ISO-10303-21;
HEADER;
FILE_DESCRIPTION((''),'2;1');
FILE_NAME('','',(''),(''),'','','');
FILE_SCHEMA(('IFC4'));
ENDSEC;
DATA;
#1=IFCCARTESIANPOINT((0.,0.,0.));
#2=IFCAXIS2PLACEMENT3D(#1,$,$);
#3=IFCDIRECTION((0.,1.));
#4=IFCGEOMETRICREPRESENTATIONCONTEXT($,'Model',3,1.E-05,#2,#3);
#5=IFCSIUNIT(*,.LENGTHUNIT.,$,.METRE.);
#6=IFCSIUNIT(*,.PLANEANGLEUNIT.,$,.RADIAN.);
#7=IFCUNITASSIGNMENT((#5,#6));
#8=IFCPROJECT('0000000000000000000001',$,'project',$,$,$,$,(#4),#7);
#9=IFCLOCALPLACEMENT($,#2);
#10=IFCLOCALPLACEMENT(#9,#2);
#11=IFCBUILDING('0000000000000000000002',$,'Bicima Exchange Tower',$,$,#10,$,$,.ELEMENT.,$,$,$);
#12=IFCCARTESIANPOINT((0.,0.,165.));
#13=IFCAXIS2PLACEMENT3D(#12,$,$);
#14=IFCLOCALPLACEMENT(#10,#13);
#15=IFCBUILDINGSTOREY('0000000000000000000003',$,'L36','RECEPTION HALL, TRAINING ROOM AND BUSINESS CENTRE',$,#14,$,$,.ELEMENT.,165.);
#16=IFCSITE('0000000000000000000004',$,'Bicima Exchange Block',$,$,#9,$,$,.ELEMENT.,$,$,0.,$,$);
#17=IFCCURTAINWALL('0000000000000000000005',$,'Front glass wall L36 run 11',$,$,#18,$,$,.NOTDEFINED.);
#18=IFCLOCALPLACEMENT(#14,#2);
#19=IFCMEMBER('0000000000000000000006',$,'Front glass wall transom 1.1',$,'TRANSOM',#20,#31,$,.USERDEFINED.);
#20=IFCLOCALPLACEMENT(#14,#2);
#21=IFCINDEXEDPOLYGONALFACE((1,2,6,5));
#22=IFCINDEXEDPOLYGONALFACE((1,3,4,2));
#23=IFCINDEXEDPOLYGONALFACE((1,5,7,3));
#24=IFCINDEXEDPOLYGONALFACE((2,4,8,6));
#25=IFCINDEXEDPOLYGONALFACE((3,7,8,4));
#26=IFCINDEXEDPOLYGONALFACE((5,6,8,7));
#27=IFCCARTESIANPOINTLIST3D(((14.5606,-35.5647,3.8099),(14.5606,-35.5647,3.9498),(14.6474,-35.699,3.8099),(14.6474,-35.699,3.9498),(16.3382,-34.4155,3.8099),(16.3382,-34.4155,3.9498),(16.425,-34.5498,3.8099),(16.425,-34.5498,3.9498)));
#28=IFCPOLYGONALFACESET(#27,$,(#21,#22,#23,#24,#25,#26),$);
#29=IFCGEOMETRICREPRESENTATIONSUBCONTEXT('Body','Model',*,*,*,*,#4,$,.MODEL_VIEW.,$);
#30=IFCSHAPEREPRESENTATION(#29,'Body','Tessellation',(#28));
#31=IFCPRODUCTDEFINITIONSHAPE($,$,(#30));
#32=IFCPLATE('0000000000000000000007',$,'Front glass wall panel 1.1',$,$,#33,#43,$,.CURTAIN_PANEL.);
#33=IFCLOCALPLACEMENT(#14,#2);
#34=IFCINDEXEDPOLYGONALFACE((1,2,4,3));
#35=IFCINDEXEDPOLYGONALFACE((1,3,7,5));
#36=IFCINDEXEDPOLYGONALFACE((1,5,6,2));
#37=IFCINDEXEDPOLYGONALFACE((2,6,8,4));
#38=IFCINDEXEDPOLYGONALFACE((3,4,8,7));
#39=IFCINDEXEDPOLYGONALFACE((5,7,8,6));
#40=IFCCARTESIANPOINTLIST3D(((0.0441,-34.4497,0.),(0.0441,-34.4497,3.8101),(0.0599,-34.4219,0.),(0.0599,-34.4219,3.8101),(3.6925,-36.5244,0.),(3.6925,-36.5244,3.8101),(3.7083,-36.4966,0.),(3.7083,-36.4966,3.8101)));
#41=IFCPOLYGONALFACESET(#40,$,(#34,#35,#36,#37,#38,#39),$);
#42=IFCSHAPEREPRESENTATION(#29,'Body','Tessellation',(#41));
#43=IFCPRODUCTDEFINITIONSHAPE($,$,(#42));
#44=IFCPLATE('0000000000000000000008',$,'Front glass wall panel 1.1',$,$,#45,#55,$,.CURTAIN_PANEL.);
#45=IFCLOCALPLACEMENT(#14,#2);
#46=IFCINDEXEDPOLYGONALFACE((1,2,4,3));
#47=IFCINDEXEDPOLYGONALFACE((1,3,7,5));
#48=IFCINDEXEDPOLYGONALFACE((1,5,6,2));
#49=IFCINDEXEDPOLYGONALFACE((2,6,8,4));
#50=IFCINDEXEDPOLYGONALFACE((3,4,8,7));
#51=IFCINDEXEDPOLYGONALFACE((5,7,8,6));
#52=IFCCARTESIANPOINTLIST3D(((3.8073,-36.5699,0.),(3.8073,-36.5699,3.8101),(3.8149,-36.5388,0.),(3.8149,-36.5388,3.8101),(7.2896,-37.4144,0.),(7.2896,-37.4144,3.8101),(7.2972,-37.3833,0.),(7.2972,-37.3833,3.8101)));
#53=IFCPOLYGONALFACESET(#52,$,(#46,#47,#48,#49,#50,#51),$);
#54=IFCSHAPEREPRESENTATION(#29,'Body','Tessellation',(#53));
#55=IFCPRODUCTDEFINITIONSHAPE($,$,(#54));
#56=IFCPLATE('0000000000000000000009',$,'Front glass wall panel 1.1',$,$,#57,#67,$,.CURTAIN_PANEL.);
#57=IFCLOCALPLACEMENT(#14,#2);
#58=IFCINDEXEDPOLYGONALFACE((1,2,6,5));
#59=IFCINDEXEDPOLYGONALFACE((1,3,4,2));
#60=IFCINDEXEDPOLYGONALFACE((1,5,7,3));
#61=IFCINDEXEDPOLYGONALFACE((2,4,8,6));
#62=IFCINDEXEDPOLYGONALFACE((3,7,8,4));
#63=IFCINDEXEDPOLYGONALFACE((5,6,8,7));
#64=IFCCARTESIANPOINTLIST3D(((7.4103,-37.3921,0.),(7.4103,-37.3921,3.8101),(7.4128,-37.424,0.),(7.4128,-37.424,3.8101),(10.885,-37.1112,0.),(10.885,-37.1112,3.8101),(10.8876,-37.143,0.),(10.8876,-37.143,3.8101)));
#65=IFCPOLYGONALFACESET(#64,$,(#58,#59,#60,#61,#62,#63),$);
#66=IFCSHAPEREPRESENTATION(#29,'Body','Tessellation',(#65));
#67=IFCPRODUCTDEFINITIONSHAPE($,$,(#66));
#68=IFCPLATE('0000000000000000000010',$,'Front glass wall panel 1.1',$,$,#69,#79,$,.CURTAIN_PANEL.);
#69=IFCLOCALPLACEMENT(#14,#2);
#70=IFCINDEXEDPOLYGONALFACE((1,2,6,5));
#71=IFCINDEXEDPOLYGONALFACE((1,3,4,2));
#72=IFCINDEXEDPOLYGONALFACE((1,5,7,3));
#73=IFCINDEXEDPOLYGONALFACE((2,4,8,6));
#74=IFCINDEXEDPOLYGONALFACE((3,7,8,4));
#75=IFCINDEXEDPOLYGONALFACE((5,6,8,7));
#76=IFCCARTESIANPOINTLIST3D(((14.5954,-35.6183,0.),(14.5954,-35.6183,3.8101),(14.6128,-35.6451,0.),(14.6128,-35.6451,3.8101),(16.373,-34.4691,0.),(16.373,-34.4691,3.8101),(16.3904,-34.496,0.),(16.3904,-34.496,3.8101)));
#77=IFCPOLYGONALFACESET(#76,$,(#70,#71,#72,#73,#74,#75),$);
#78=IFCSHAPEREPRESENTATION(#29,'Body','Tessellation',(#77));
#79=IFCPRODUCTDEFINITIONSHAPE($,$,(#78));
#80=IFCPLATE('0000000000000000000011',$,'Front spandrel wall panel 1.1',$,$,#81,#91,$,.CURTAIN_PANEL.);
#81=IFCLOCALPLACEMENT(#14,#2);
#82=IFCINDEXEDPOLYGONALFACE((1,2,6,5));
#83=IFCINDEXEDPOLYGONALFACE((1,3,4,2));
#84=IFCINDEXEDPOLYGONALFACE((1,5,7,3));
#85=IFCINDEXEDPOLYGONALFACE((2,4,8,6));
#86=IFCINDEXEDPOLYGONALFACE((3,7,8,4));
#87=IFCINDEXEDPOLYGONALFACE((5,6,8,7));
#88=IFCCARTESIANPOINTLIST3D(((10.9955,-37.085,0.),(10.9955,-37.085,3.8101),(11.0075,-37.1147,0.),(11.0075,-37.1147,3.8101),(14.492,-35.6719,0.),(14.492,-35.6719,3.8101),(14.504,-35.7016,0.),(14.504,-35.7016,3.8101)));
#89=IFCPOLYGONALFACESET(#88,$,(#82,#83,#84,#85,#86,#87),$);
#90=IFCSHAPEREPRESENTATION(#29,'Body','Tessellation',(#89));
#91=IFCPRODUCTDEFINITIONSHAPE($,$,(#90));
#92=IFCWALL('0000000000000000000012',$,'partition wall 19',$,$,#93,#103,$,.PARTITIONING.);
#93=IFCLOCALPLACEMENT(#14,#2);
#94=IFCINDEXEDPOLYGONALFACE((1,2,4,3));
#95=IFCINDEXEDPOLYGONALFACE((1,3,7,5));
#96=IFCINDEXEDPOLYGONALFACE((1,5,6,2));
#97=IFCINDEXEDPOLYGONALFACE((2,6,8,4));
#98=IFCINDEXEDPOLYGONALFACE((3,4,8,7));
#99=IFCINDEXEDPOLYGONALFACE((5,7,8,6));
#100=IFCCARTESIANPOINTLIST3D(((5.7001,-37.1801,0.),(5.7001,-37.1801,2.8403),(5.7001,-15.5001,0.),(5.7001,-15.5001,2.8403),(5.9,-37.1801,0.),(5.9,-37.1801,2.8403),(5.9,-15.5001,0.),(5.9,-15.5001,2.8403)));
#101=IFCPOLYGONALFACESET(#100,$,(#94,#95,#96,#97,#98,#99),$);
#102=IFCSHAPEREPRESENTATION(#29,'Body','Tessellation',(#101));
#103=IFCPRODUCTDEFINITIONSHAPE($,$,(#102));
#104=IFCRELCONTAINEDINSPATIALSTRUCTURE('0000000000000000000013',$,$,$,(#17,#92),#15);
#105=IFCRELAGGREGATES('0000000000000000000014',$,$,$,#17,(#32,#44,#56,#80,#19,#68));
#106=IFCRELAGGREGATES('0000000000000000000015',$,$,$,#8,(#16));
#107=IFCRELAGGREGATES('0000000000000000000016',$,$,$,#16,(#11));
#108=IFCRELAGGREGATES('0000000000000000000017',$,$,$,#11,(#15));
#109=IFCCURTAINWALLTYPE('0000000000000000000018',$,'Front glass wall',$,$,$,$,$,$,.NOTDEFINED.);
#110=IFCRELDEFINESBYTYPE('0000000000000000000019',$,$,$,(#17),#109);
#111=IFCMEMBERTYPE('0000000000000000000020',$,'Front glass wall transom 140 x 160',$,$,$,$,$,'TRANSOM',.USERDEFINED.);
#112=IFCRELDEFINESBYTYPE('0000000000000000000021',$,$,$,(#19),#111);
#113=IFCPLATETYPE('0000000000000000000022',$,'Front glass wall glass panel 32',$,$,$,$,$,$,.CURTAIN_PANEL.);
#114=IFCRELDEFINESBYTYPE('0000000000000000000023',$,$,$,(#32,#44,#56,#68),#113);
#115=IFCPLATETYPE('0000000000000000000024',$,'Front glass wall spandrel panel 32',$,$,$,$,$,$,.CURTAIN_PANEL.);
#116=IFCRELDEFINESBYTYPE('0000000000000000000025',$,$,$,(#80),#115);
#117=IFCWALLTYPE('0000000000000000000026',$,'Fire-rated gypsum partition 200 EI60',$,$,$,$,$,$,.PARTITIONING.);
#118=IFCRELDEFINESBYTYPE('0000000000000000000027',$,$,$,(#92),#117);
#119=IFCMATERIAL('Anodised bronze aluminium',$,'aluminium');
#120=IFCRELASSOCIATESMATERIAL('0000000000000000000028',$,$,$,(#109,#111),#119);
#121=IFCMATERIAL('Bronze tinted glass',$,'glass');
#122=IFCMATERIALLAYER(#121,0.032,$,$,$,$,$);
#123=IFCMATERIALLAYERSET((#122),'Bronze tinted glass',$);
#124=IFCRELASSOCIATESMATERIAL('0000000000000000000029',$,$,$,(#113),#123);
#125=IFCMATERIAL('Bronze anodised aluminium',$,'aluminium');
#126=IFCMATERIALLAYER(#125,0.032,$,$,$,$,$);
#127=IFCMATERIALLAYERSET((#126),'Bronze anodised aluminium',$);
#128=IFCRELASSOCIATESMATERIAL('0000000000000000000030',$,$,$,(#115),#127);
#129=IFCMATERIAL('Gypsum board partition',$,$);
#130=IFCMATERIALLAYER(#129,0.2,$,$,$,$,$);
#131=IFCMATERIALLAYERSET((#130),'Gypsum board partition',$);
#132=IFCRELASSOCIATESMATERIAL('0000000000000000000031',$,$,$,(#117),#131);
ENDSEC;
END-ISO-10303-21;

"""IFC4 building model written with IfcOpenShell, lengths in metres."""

from ifc_helpers import new_model, si_unit, direction, frame, frame_2d, origin, origin_2d, place, context, subcontext, project, spatial, rectangle, extrude, material, layer, layer_set, material_profile, profile_set, type_object, element, aggregate, save


model = new_model("IFC4")

# Units and contexts
model_context = context("Model", 3, precision=1e-05, world=origin(), true_north=direction((0.0, 1.0)))
body_context = subcontext(model_context, "Body", "Model", "MODEL_VIEW")
ifc_project = project(units=[si_unit("LENGTHUNIT", "METRE"), si_unit("PLANEANGLEUNIT", "RADIAN")], contexts=[model_context])

# Site, building, storey
site_placement = place(None, origin())
site = spatial("IfcSite", under=ifc_project, at=site_placement, Name="Bicima Exchange Block", CompositionType="ELEMENT", RefElevation=0.0)
building_placement = place(site_placement, origin())
building = spatial("IfcBuilding", under=site, at=building_placement, Name="Bicima Exchange Tower", CompositionType="ELEMENT")
storey_placement = place(building_placement, frame((0.0, 0.0, 165.0)))
storey = spatial("IfcBuildingStorey", under=building, at=storey_placement, Name="L36", Description="RECEPTION HALL, TRAINING ROOM AND BUSINESS CENTRE", CompositionType="ELEMENT", Elevation=165.0)

# Curtain wall, member, plates
ifc_material_1 = material(Name="Anodised bronze aluminium", Category="aluminium")
curtain_wall_type = type_object("IfcCurtainWallType", Name="Front glass wall", PredefinedType="NOTDEFINED", material=ifc_material_1)
curtain_wall_placement = place(storey_placement, origin())
curtain_wall = element("IfcCurtainWall", 1, at=curtain_wall_placement, inside=storey, type_object=curtain_wall_type, Name="Front glass wall L36 run 11", PredefinedType="NOTDEFINED")
ifc_material_profile_1 = material_profile(ifc_material_1, rectangle(XDim=0.1599, YDim=0.1399, at=origin_2d()))
ifc_profile_set_1 = profile_set([ifc_material_profile_1], Name="Anodised bronze aluminium")
member_type_1 = type_object("IfcMemberType", Name="Front glass wall transom 140 x 160", ElementType="TRANSOM", PredefinedType="USERDEFINED", material=ifc_profile_set_1)
member_1_placement = place(storey_placement, frame((14.604, -35.6318, 3.8799), z_axis=(0.839793, 0.542907, 0.0), x_axis=(-0.542907, 0.839793, 0.0)))
member_1 = element("IfcMember", 2, at=member_1_placement, type_object=member_type_1, Name="Front glass wall transom 1.1", ObjectType="TRANSOM", PredefinedType="USERDEFINED", context=body_context, shape_type="SweptSolid", body=[
    extrude(rectangle(XDim=0.1599, YDim=0.1399, at=origin_2d()), origin(), (0.0, 0.0, 1.0), 2.1167),
])
ifc_material_2 = material(Name="Bronze tinted glass", Category="glass")
ifc_layer_1 = layer(ifc_material_2, 0.032)
ifc_layer_set_1 = layer_set([ifc_layer_1], Name="Bronze tinted glass")
plate_type_1 = type_object("IfcPlateType", Name="Front glass wall glass panel 32", PredefinedType="CURTAIN_PANEL", material=ifc_layer_set_1)
plate_1_placement = place(storey_placement, frame((1.8762, -35.4731, 0.0), z_axis=(0.0, 0.0, 1.0), x_axis=(0.869274, -0.49433, 0.0)))
plate_1 = element("IfcPlate", 3, at=plate_1_placement, type_object=plate_type_1, Name="Front glass wall panel 1.1", PredefinedType="CURTAIN_PANEL", context=body_context, shape_type="SweptSolid", body=[
    extrude(rectangle(XDim=4.197, YDim=0.032, at=origin_2d()), origin(), (0.0, 0.0, 1.0), 3.8101),
])
plate_2_placement = place(storey_placement, frame((5.5522, -36.9766, 0.0), z_axis=(0.0, 0.0, 1.0), x_axis=(0.97183, -0.235682, 0.0)))
plate_2 = element("IfcPlate", 4, at=plate_2_placement, type_object=plate_type_1, Name="Front glass wall panel 1.1", PredefinedType="CURTAIN_PANEL", context=body_context, shape_type="SweptSolid", body=[
    extrude(rectangle(XDim=3.5833, YDim=0.032, at=origin_2d()), origin(), (0.0, 0.0, 1.0), 3.8101),
])
plate_3_placement = place(storey_placement, frame((9.1489, -37.2676, 0.0), z_axis=(0.0, 0.0, 1.0), x_axis=(0.996747, 0.080589, 0.0)))
plate_3 = element("IfcPlate", 5, at=plate_3_placement, type_object=plate_type_1, Name="Front glass wall panel 1.1", PredefinedType="CURTAIN_PANEL", context=body_context, shape_type="SweptSolid", body=[
    extrude(rectangle(XDim=3.4861, YDim=0.032, at=origin_2d()), origin(), (0.0, 0.0, 1.0), 3.8101),
])
plate_4_placement = place(storey_placement, frame((15.4929, -35.0571, 0.0), z_axis=(0.0, 0.0, 1.0), x_axis=(0.839791, 0.542909, 0.0)))
plate_4 = element("IfcPlate", 6, at=plate_4_placement, type_object=plate_type_1, Name="Front glass wall panel 1.1", PredefinedType="CURTAIN_PANEL", context=body_context, shape_type="SweptSolid", body=[
    extrude(rectangle(XDim=2.1167, YDim=0.032, at=origin_2d()), origin(), (0.0, 0.0, 1.0), 3.8101),
])
ifc_material_3 = material(Name="Bronze anodised aluminium", Category="aluminium")
ifc_layer_2 = layer(ifc_material_3, 0.032)
ifc_layer_set_2 = layer_set([ifc_layer_2], Name="Bronze anodised aluminium")
plate_type_2 = type_object("IfcPlateType", Name="Front glass wall spandrel panel 32", PredefinedType="CURTAIN_PANEL", material=ifc_layer_set_2)
plate_5_placement = place(storey_placement, frame((12.7498, -36.3933, 0.0), z_axis=(0.0, 0.0, 1.0), x_axis=(0.927144, 0.374705, 0.0)))
plate_5 = element("IfcPlate", 7, at=plate_5_placement, type_object=plate_type_2, Name="Front spandrel wall panel 1.1", PredefinedType="CURTAIN_PANEL", context=body_context, shape_type="SweptSolid", body=[
    extrude(rectangle(XDim=3.7712, YDim=0.032, at=origin_2d()), origin(), (0.0, 0.0, 1.0), 3.8101),
])
aggregate(curtain_wall, [plate_1, plate_2, plate_3, plate_5, member_1, plate_4])

# Wall
ifc_material_4 = material(Name="Gypsum board partition")
ifc_layer_3 = layer(ifc_material_4, 0.2)
ifc_layer_set_3 = layer_set([ifc_layer_3], Name="Gypsum board partition")
wall_type = type_object("IfcWallType", Name="Fire-rated gypsum partition 200 EI60", PredefinedType="PARTITIONING", material=ifc_layer_set_3)
wall_placement = place(storey_placement, frame((5.8, -37.1799, 0.0), z_axis=(0.0, 0.0, 1.0), x_axis=(0.0, 1.0, 0.0)))
element("IfcWall", 8, at=wall_placement, inside=storey, type_object=wall_type, Name="partition wall 19", PredefinedType="PARTITIONING", context=body_context, shape_type="SweptSolid", body=[
    extrude(rectangle(XDim=21.6799, YDim=0.2, at=frame_2d((10.8398, 0.0))), origin(), (0.0, 0.0, 1.0), 2.8403),
])

save(model, "model.ifc")
